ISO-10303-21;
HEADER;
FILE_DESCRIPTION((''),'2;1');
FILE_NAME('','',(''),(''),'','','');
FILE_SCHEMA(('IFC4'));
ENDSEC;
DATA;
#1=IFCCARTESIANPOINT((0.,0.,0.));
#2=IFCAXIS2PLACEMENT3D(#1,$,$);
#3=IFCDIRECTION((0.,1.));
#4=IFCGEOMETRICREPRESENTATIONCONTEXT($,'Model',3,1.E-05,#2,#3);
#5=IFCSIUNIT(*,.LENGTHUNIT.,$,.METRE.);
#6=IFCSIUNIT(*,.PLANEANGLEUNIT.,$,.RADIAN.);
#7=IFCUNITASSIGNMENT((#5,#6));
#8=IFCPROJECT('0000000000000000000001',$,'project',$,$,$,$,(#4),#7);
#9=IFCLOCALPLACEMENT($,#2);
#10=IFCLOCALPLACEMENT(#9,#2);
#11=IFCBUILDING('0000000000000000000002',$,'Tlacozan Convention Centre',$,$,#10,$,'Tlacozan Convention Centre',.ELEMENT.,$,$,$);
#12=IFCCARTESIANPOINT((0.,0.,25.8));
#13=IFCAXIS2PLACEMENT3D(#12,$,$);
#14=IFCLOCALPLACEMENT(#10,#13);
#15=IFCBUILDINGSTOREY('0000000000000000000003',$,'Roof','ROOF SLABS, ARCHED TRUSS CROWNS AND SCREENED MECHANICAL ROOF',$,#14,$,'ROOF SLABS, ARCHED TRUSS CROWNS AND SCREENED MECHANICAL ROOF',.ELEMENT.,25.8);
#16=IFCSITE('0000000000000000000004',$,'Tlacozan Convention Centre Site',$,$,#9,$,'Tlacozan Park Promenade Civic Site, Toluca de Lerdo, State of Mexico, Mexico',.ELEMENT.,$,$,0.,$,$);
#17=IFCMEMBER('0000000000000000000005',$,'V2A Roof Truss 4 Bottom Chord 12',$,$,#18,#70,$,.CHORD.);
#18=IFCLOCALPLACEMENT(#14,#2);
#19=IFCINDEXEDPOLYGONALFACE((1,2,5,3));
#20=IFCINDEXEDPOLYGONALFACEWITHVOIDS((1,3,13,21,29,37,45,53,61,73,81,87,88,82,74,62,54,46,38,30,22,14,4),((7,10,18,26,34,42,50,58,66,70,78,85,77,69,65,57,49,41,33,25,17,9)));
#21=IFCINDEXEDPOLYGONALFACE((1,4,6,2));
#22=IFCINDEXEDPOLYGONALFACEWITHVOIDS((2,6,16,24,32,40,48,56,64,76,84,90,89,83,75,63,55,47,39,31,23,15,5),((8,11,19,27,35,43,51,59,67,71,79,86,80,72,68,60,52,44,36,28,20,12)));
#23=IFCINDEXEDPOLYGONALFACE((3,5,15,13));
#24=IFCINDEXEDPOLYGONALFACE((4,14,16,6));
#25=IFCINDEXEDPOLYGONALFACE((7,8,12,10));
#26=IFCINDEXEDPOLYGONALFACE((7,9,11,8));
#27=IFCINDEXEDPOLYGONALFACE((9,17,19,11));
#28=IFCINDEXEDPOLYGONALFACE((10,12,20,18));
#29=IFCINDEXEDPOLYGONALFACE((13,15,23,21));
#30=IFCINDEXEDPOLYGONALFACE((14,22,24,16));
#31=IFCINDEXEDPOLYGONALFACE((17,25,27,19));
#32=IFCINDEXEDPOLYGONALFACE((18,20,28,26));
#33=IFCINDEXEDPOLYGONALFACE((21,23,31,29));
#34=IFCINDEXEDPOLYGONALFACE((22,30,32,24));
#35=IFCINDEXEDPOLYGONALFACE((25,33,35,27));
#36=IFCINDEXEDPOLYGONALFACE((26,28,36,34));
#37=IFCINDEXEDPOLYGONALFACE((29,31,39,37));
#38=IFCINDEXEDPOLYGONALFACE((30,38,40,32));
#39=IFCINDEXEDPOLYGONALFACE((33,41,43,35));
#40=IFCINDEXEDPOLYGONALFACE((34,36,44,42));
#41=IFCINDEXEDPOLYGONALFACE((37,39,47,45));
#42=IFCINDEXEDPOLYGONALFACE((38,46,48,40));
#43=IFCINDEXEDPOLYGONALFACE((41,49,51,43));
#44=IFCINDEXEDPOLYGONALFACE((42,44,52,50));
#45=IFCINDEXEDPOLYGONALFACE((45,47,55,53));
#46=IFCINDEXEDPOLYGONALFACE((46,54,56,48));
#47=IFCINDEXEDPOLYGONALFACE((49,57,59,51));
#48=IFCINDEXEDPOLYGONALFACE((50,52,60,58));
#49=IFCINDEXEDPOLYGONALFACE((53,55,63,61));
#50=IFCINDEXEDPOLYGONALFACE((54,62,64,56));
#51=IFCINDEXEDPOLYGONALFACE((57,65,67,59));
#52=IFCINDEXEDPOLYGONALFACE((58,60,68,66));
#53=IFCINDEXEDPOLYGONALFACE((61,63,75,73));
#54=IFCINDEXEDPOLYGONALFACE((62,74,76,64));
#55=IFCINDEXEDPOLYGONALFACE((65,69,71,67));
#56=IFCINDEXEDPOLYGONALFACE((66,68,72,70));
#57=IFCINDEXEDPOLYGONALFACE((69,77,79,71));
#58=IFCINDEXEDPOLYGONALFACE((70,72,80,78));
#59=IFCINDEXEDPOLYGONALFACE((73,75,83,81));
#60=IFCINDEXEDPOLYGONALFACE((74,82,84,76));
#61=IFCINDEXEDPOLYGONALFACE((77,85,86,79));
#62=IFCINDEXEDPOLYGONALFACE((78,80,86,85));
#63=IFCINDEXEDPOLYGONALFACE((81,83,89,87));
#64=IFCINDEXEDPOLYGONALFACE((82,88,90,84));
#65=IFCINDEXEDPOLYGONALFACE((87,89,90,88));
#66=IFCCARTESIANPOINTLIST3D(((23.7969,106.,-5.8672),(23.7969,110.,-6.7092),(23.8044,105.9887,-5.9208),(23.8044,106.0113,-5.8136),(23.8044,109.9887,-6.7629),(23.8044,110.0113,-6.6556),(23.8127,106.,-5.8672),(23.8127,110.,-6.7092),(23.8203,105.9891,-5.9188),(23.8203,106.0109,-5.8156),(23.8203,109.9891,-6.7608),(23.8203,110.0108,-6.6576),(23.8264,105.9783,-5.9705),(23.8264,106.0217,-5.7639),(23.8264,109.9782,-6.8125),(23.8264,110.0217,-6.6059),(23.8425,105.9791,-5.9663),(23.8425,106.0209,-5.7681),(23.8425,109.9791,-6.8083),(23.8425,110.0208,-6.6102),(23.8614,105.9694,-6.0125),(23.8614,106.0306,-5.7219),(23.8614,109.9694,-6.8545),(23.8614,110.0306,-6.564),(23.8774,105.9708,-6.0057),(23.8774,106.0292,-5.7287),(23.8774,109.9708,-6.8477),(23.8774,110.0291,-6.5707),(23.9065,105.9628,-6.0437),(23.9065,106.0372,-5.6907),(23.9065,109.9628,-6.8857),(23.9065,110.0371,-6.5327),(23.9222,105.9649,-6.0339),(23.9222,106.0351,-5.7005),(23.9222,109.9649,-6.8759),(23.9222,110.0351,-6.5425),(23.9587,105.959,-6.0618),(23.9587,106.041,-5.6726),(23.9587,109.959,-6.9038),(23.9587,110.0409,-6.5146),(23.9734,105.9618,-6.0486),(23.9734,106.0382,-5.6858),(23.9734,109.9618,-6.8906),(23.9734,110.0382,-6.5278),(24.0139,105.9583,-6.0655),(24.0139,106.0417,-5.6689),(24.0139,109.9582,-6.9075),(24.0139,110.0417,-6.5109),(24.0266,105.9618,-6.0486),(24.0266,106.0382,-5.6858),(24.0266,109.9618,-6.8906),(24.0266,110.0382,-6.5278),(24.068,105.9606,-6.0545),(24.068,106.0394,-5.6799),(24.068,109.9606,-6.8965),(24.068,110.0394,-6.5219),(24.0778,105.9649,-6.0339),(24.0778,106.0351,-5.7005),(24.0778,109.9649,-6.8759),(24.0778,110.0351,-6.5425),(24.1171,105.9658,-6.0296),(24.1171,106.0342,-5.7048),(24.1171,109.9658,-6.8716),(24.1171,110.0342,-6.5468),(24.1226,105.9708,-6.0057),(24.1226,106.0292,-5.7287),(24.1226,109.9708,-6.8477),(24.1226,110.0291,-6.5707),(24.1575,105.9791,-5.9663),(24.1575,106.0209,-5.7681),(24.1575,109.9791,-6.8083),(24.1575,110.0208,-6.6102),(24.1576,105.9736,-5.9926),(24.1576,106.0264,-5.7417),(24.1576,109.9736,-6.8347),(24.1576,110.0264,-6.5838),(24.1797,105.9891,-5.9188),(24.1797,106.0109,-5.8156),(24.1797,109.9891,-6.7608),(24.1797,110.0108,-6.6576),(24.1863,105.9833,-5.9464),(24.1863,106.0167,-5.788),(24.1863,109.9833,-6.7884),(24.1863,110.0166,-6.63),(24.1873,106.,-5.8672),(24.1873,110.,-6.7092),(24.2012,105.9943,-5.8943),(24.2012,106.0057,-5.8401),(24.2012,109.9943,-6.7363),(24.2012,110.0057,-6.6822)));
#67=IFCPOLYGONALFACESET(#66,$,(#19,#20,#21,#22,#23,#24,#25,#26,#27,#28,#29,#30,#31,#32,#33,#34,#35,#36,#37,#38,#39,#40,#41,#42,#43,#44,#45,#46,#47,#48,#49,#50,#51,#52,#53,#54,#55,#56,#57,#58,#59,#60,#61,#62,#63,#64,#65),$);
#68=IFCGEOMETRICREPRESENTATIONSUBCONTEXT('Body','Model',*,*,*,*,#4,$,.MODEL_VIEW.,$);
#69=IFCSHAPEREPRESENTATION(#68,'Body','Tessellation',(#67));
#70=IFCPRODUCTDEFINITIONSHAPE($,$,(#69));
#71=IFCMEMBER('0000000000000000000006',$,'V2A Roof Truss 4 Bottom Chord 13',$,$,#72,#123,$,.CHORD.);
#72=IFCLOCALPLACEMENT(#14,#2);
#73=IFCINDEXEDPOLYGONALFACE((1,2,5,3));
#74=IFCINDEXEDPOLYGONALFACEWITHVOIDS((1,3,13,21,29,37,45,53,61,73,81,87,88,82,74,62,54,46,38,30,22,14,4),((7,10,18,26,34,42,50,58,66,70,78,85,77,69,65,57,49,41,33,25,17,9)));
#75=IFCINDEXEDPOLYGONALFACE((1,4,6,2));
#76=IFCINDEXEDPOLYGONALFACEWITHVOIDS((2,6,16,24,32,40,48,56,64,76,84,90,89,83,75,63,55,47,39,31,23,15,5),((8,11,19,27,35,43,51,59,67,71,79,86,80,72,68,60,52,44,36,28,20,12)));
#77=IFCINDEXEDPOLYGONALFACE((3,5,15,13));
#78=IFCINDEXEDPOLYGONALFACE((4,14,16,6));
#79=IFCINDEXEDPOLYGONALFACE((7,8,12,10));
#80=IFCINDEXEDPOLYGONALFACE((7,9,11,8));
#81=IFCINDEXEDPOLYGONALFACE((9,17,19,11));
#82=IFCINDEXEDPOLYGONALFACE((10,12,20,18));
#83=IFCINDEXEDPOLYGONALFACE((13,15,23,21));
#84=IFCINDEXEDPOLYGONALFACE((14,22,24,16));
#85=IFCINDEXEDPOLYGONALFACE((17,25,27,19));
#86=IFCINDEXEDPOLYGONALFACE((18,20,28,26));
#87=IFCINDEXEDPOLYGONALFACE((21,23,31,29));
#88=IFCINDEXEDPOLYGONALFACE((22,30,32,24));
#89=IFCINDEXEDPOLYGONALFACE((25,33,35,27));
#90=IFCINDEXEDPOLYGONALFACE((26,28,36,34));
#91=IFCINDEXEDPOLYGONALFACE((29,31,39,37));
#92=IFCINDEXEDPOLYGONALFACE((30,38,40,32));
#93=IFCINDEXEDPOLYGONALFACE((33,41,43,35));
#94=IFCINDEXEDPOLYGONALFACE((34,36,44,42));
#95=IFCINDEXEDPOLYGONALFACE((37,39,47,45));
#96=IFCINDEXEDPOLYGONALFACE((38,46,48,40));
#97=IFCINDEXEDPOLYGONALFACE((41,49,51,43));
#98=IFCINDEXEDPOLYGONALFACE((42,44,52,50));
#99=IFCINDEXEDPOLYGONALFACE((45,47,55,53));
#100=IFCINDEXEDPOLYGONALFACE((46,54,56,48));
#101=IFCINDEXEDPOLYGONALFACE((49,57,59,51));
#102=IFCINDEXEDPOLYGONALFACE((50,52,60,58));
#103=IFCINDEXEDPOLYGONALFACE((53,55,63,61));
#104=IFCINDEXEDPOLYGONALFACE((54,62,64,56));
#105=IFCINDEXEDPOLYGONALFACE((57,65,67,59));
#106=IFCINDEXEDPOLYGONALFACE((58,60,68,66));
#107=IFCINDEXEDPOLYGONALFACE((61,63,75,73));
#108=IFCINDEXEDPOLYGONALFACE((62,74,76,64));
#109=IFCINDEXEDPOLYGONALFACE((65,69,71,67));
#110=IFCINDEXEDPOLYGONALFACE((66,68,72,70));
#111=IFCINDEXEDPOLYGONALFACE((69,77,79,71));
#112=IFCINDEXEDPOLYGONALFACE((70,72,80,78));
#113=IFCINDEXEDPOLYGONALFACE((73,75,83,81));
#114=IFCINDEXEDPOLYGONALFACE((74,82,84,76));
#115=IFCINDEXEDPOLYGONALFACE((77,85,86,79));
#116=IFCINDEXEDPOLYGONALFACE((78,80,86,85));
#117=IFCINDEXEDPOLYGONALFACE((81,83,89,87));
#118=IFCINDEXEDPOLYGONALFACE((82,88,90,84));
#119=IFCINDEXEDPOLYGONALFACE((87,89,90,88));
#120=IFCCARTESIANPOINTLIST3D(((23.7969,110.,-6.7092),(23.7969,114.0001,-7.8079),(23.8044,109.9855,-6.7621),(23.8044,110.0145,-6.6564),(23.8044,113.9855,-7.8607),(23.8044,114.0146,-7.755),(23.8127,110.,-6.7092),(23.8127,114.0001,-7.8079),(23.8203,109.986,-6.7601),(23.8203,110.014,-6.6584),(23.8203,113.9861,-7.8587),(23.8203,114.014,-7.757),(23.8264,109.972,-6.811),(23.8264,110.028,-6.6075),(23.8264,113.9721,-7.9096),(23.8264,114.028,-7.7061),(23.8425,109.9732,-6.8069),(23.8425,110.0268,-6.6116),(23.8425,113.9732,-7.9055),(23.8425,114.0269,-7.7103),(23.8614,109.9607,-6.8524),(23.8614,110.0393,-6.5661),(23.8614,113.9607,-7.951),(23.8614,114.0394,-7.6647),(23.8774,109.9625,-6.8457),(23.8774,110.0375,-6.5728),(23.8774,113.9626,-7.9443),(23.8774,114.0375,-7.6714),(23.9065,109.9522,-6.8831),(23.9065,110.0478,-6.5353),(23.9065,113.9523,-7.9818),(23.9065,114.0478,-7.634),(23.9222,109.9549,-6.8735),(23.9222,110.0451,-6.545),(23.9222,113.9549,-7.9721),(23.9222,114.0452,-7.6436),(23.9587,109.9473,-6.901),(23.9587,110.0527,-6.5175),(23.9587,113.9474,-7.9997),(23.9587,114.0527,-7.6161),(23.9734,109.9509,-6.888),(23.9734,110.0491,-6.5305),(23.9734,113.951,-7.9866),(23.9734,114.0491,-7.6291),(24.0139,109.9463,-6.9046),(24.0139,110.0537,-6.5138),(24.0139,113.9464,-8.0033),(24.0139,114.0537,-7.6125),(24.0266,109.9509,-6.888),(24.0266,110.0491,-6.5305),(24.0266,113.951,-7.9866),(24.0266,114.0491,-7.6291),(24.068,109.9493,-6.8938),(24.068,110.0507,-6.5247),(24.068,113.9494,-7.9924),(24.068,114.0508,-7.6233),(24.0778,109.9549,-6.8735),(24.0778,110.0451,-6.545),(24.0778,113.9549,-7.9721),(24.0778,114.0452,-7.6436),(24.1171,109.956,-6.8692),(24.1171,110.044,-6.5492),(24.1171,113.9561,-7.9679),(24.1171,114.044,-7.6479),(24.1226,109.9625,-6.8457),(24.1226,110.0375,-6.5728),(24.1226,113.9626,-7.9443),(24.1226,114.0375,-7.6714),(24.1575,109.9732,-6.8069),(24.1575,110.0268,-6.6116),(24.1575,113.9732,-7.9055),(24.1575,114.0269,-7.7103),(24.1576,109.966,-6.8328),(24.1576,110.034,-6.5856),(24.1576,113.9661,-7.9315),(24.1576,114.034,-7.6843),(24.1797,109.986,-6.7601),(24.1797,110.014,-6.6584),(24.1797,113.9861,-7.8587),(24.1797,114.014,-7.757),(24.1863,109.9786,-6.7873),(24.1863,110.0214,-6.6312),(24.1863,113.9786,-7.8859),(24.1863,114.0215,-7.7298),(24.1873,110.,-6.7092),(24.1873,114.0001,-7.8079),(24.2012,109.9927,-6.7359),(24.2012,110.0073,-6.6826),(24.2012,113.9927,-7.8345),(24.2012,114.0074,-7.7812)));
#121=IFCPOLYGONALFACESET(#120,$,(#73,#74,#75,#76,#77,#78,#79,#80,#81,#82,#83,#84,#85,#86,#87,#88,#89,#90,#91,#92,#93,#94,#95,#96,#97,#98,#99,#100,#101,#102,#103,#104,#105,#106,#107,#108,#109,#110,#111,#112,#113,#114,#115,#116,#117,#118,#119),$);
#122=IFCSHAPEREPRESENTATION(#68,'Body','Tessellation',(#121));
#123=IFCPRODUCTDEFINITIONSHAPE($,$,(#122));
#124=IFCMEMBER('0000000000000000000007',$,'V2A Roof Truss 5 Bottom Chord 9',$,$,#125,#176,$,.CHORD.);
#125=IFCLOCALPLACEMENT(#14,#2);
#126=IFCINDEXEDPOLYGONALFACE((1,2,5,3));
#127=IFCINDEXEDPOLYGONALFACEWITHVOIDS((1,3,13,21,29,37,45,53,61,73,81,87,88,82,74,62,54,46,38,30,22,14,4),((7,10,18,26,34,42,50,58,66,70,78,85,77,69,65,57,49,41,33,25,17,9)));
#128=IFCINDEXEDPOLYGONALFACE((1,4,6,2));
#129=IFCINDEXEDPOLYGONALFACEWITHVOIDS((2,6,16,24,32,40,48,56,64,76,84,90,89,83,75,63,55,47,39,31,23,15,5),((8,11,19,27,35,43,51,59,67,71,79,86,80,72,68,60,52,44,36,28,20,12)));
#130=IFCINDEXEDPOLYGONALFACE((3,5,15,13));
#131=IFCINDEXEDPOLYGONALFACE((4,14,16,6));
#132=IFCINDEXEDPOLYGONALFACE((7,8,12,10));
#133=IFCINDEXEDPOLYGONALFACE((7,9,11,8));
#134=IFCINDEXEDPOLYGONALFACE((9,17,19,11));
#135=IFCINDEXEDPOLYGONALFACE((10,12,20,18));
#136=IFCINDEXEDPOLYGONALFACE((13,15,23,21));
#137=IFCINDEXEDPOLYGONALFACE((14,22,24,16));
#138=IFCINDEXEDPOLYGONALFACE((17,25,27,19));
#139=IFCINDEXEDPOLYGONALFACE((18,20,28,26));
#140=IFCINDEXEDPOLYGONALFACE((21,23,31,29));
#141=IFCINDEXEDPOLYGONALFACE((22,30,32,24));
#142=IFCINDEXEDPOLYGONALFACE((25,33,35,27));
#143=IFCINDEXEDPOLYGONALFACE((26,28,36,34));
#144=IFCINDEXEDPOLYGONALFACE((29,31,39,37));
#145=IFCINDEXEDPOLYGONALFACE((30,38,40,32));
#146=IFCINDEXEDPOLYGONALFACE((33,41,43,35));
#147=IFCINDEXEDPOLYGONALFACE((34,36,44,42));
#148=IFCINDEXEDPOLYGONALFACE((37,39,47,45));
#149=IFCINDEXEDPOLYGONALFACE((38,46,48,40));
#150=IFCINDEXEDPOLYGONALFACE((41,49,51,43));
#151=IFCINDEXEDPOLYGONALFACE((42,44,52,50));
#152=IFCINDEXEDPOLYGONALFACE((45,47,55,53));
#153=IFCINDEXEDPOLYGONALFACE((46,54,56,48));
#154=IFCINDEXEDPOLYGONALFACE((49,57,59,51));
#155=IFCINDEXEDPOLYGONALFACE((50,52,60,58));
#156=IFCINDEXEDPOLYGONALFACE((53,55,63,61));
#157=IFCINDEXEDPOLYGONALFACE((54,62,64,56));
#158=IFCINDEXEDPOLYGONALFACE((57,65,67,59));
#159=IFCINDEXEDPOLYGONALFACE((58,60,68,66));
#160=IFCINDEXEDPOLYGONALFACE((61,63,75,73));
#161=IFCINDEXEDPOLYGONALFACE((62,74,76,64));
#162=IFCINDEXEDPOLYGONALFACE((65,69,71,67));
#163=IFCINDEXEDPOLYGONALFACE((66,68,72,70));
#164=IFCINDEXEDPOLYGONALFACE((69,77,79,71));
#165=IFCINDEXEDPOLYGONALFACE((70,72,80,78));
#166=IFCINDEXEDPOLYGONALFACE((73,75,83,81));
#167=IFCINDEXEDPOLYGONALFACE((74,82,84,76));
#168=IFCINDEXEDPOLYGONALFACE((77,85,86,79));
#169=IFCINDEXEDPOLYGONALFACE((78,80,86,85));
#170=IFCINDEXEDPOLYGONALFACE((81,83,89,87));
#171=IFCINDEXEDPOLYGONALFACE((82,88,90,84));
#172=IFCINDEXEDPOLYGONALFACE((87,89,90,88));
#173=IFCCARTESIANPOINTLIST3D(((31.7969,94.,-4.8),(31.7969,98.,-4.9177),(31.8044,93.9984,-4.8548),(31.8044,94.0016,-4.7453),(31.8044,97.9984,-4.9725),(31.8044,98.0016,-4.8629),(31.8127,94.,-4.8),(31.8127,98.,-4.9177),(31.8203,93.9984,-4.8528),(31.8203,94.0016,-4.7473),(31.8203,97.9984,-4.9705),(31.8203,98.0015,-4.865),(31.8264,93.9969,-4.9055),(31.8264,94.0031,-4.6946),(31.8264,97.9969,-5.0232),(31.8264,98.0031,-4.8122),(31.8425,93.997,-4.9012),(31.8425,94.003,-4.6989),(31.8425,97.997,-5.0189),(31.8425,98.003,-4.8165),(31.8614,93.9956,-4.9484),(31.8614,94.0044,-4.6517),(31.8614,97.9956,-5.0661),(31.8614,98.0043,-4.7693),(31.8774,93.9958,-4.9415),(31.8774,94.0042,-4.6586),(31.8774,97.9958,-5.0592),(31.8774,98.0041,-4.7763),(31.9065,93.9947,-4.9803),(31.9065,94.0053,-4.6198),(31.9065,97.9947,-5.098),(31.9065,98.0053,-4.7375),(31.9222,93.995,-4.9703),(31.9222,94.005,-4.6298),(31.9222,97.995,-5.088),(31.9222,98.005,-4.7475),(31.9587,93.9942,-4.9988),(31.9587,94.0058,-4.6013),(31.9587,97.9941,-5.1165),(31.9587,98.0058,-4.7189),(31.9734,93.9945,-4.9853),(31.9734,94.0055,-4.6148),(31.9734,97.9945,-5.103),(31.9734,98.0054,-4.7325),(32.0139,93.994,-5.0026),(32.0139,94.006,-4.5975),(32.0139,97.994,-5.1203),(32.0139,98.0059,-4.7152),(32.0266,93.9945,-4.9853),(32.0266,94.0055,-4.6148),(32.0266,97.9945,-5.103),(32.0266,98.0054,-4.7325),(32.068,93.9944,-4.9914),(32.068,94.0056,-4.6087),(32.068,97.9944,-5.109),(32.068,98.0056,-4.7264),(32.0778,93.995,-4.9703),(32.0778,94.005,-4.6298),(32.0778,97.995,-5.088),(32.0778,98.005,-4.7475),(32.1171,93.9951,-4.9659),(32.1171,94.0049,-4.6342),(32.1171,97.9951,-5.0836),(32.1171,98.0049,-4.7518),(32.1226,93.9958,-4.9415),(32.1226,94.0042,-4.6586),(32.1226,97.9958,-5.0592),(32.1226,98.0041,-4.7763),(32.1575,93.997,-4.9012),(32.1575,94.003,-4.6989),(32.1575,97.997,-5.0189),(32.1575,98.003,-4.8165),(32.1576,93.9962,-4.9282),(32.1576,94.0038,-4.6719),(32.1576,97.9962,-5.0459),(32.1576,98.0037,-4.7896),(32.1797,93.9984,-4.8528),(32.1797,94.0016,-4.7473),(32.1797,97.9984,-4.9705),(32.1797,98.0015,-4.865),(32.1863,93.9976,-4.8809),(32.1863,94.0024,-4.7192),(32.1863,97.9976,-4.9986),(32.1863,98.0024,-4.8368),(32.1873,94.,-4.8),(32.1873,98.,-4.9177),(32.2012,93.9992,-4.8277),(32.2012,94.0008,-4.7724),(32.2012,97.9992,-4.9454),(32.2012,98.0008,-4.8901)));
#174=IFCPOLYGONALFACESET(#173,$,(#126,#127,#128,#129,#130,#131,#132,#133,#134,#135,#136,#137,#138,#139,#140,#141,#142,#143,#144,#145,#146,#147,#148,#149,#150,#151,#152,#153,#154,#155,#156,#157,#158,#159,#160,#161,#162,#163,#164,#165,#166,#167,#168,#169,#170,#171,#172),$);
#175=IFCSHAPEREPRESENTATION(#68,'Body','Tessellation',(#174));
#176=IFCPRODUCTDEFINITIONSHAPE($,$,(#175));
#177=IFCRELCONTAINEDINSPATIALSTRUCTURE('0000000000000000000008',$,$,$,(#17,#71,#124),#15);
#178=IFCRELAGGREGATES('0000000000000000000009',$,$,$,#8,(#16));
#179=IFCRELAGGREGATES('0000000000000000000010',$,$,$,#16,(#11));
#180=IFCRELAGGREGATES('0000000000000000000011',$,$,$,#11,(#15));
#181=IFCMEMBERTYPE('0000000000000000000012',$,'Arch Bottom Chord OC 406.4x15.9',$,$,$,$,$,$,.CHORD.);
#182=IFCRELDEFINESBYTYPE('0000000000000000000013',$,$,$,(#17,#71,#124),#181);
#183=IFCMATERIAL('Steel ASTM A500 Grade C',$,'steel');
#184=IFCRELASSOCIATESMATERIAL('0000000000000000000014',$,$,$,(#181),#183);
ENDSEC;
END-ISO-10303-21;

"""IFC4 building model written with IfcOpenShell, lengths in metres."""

from ifc_helpers import new_model, si_unit, direction, frame, origin, origin_2d, place, context, subcontext, project, spatial, hollow_circle, extrude, material, material_profile, profile_set, type_object, element, save


model = new_model("IFC4")

# Units and contexts
model_context = context("Model", 3, precision=1e-05, world=origin(), true_north=direction((0.0, 1.0)))
body_context = subcontext(model_context, "Body", "Model", "MODEL_VIEW")
ifc_project = project(units=[si_unit("LENGTHUNIT", "METRE"), si_unit("PLANEANGLEUNIT", "RADIAN")], contexts=[model_context])

# Site, building, storey
site_placement = place(None, origin())
site = spatial("IfcSite", under=ifc_project, at=site_placement, Name="Tlacozan Convention Centre Site", LongName="Tlacozan Park Promenade Civic Site, Toluca de Lerdo, State of Mexico, Mexico", CompositionType="ELEMENT", RefElevation=0.0)
building_placement = place(site_placement, origin())
building = spatial("IfcBuilding", under=site, at=building_placement, Name="Tlacozan Convention Centre", LongName="Tlacozan Convention Centre", CompositionType="ELEMENT")
storey_placement = place(building_placement, frame((0.0, 0.0, 25.8)))
storey = spatial("IfcBuildingStorey", under=building, at=storey_placement, Name="Roof", Description="ROOF SLABS, ARCHED TRUSS CROWNS AND SCREENED MECHANICAL ROOF", LongName="ROOF SLABS, ARCHED TRUSS CROWNS AND SCREENED MECHANICAL ROOF", CompositionType="ELEMENT", Elevation=25.8)

# Members
ifc_material_1 = material(Name="Steel ASTM A500 Grade C", Category="steel")
ifc_material_profile_1 = material_profile(ifc_material_1, hollow_circle(Radius=0.2031, WallThickness=0.0159, at=origin_2d()), Name="OC 406.4x15.9")
ifc_profile_set_1 = profile_set([ifc_material_profile_1], Name="Steel ASTM A500 Grade C")
member_type_1 = type_object("IfcMemberType", Name="Arch Bottom Chord OC 406.4x15.9", PredefinedType="CHORD", material=ifc_profile_set_1)
member_1_placement = place(storey_placement, frame((24.0, 106.0, -5.8672), z_axis=(0.0, 0.978553, -0.205995), x_axis=(-1.0, 0.0, 0.0)))
element("IfcMember", 1, at=member_1_placement, inside=storey, type_object=member_type_1, Name="V2A Roof Truss 4 Bottom Chord 12", PredefinedType="CHORD", context=body_context, shape_type="SweptSolid", body=[
    extrude(hollow_circle(Radius=0.2031, WallThickness=0.0159, at=origin_2d()), origin(), (0.0, 0.0, 1.0), 4.0876),
])
member_2_placement = place(storey_placement, frame((24.0, 110.0, -6.7092), z_axis=(0.0, 0.96429, -0.26485), x_axis=(-1.0, 0.0, 0.0)))
element("IfcMember", 2, at=member_2_placement, inside=storey, type_object=member_type_1, Name="V2A Roof Truss 4 Bottom Chord 13", PredefinedType="CHORD", context=body_context, shape_type="SweptSolid", body=[
    extrude(hollow_circle(Radius=0.2031, WallThickness=0.0159, at=origin_2d()), origin(), (0.0, 0.0, 1.0), 4.1482),
])
member_3_placement = place(storey_placement, frame((32.0, 94.0, -4.8), z_axis=(0.0, 0.999568, -0.029406), x_axis=(-1.0, 0.0, 0.0)))
element("IfcMember", 3, at=member_3_placement, inside=storey, type_object=member_type_1, Name="V2A Roof Truss 5 Bottom Chord 9", PredefinedType="CHORD", context=body_context, shape_type="SweptSolid", body=[
    extrude(hollow_circle(Radius=0.2031, WallThickness=0.0159, at=origin_2d()), origin(), (0.0, 0.0, 1.0), 4.0017),
])

save(model, "model.ifc")
